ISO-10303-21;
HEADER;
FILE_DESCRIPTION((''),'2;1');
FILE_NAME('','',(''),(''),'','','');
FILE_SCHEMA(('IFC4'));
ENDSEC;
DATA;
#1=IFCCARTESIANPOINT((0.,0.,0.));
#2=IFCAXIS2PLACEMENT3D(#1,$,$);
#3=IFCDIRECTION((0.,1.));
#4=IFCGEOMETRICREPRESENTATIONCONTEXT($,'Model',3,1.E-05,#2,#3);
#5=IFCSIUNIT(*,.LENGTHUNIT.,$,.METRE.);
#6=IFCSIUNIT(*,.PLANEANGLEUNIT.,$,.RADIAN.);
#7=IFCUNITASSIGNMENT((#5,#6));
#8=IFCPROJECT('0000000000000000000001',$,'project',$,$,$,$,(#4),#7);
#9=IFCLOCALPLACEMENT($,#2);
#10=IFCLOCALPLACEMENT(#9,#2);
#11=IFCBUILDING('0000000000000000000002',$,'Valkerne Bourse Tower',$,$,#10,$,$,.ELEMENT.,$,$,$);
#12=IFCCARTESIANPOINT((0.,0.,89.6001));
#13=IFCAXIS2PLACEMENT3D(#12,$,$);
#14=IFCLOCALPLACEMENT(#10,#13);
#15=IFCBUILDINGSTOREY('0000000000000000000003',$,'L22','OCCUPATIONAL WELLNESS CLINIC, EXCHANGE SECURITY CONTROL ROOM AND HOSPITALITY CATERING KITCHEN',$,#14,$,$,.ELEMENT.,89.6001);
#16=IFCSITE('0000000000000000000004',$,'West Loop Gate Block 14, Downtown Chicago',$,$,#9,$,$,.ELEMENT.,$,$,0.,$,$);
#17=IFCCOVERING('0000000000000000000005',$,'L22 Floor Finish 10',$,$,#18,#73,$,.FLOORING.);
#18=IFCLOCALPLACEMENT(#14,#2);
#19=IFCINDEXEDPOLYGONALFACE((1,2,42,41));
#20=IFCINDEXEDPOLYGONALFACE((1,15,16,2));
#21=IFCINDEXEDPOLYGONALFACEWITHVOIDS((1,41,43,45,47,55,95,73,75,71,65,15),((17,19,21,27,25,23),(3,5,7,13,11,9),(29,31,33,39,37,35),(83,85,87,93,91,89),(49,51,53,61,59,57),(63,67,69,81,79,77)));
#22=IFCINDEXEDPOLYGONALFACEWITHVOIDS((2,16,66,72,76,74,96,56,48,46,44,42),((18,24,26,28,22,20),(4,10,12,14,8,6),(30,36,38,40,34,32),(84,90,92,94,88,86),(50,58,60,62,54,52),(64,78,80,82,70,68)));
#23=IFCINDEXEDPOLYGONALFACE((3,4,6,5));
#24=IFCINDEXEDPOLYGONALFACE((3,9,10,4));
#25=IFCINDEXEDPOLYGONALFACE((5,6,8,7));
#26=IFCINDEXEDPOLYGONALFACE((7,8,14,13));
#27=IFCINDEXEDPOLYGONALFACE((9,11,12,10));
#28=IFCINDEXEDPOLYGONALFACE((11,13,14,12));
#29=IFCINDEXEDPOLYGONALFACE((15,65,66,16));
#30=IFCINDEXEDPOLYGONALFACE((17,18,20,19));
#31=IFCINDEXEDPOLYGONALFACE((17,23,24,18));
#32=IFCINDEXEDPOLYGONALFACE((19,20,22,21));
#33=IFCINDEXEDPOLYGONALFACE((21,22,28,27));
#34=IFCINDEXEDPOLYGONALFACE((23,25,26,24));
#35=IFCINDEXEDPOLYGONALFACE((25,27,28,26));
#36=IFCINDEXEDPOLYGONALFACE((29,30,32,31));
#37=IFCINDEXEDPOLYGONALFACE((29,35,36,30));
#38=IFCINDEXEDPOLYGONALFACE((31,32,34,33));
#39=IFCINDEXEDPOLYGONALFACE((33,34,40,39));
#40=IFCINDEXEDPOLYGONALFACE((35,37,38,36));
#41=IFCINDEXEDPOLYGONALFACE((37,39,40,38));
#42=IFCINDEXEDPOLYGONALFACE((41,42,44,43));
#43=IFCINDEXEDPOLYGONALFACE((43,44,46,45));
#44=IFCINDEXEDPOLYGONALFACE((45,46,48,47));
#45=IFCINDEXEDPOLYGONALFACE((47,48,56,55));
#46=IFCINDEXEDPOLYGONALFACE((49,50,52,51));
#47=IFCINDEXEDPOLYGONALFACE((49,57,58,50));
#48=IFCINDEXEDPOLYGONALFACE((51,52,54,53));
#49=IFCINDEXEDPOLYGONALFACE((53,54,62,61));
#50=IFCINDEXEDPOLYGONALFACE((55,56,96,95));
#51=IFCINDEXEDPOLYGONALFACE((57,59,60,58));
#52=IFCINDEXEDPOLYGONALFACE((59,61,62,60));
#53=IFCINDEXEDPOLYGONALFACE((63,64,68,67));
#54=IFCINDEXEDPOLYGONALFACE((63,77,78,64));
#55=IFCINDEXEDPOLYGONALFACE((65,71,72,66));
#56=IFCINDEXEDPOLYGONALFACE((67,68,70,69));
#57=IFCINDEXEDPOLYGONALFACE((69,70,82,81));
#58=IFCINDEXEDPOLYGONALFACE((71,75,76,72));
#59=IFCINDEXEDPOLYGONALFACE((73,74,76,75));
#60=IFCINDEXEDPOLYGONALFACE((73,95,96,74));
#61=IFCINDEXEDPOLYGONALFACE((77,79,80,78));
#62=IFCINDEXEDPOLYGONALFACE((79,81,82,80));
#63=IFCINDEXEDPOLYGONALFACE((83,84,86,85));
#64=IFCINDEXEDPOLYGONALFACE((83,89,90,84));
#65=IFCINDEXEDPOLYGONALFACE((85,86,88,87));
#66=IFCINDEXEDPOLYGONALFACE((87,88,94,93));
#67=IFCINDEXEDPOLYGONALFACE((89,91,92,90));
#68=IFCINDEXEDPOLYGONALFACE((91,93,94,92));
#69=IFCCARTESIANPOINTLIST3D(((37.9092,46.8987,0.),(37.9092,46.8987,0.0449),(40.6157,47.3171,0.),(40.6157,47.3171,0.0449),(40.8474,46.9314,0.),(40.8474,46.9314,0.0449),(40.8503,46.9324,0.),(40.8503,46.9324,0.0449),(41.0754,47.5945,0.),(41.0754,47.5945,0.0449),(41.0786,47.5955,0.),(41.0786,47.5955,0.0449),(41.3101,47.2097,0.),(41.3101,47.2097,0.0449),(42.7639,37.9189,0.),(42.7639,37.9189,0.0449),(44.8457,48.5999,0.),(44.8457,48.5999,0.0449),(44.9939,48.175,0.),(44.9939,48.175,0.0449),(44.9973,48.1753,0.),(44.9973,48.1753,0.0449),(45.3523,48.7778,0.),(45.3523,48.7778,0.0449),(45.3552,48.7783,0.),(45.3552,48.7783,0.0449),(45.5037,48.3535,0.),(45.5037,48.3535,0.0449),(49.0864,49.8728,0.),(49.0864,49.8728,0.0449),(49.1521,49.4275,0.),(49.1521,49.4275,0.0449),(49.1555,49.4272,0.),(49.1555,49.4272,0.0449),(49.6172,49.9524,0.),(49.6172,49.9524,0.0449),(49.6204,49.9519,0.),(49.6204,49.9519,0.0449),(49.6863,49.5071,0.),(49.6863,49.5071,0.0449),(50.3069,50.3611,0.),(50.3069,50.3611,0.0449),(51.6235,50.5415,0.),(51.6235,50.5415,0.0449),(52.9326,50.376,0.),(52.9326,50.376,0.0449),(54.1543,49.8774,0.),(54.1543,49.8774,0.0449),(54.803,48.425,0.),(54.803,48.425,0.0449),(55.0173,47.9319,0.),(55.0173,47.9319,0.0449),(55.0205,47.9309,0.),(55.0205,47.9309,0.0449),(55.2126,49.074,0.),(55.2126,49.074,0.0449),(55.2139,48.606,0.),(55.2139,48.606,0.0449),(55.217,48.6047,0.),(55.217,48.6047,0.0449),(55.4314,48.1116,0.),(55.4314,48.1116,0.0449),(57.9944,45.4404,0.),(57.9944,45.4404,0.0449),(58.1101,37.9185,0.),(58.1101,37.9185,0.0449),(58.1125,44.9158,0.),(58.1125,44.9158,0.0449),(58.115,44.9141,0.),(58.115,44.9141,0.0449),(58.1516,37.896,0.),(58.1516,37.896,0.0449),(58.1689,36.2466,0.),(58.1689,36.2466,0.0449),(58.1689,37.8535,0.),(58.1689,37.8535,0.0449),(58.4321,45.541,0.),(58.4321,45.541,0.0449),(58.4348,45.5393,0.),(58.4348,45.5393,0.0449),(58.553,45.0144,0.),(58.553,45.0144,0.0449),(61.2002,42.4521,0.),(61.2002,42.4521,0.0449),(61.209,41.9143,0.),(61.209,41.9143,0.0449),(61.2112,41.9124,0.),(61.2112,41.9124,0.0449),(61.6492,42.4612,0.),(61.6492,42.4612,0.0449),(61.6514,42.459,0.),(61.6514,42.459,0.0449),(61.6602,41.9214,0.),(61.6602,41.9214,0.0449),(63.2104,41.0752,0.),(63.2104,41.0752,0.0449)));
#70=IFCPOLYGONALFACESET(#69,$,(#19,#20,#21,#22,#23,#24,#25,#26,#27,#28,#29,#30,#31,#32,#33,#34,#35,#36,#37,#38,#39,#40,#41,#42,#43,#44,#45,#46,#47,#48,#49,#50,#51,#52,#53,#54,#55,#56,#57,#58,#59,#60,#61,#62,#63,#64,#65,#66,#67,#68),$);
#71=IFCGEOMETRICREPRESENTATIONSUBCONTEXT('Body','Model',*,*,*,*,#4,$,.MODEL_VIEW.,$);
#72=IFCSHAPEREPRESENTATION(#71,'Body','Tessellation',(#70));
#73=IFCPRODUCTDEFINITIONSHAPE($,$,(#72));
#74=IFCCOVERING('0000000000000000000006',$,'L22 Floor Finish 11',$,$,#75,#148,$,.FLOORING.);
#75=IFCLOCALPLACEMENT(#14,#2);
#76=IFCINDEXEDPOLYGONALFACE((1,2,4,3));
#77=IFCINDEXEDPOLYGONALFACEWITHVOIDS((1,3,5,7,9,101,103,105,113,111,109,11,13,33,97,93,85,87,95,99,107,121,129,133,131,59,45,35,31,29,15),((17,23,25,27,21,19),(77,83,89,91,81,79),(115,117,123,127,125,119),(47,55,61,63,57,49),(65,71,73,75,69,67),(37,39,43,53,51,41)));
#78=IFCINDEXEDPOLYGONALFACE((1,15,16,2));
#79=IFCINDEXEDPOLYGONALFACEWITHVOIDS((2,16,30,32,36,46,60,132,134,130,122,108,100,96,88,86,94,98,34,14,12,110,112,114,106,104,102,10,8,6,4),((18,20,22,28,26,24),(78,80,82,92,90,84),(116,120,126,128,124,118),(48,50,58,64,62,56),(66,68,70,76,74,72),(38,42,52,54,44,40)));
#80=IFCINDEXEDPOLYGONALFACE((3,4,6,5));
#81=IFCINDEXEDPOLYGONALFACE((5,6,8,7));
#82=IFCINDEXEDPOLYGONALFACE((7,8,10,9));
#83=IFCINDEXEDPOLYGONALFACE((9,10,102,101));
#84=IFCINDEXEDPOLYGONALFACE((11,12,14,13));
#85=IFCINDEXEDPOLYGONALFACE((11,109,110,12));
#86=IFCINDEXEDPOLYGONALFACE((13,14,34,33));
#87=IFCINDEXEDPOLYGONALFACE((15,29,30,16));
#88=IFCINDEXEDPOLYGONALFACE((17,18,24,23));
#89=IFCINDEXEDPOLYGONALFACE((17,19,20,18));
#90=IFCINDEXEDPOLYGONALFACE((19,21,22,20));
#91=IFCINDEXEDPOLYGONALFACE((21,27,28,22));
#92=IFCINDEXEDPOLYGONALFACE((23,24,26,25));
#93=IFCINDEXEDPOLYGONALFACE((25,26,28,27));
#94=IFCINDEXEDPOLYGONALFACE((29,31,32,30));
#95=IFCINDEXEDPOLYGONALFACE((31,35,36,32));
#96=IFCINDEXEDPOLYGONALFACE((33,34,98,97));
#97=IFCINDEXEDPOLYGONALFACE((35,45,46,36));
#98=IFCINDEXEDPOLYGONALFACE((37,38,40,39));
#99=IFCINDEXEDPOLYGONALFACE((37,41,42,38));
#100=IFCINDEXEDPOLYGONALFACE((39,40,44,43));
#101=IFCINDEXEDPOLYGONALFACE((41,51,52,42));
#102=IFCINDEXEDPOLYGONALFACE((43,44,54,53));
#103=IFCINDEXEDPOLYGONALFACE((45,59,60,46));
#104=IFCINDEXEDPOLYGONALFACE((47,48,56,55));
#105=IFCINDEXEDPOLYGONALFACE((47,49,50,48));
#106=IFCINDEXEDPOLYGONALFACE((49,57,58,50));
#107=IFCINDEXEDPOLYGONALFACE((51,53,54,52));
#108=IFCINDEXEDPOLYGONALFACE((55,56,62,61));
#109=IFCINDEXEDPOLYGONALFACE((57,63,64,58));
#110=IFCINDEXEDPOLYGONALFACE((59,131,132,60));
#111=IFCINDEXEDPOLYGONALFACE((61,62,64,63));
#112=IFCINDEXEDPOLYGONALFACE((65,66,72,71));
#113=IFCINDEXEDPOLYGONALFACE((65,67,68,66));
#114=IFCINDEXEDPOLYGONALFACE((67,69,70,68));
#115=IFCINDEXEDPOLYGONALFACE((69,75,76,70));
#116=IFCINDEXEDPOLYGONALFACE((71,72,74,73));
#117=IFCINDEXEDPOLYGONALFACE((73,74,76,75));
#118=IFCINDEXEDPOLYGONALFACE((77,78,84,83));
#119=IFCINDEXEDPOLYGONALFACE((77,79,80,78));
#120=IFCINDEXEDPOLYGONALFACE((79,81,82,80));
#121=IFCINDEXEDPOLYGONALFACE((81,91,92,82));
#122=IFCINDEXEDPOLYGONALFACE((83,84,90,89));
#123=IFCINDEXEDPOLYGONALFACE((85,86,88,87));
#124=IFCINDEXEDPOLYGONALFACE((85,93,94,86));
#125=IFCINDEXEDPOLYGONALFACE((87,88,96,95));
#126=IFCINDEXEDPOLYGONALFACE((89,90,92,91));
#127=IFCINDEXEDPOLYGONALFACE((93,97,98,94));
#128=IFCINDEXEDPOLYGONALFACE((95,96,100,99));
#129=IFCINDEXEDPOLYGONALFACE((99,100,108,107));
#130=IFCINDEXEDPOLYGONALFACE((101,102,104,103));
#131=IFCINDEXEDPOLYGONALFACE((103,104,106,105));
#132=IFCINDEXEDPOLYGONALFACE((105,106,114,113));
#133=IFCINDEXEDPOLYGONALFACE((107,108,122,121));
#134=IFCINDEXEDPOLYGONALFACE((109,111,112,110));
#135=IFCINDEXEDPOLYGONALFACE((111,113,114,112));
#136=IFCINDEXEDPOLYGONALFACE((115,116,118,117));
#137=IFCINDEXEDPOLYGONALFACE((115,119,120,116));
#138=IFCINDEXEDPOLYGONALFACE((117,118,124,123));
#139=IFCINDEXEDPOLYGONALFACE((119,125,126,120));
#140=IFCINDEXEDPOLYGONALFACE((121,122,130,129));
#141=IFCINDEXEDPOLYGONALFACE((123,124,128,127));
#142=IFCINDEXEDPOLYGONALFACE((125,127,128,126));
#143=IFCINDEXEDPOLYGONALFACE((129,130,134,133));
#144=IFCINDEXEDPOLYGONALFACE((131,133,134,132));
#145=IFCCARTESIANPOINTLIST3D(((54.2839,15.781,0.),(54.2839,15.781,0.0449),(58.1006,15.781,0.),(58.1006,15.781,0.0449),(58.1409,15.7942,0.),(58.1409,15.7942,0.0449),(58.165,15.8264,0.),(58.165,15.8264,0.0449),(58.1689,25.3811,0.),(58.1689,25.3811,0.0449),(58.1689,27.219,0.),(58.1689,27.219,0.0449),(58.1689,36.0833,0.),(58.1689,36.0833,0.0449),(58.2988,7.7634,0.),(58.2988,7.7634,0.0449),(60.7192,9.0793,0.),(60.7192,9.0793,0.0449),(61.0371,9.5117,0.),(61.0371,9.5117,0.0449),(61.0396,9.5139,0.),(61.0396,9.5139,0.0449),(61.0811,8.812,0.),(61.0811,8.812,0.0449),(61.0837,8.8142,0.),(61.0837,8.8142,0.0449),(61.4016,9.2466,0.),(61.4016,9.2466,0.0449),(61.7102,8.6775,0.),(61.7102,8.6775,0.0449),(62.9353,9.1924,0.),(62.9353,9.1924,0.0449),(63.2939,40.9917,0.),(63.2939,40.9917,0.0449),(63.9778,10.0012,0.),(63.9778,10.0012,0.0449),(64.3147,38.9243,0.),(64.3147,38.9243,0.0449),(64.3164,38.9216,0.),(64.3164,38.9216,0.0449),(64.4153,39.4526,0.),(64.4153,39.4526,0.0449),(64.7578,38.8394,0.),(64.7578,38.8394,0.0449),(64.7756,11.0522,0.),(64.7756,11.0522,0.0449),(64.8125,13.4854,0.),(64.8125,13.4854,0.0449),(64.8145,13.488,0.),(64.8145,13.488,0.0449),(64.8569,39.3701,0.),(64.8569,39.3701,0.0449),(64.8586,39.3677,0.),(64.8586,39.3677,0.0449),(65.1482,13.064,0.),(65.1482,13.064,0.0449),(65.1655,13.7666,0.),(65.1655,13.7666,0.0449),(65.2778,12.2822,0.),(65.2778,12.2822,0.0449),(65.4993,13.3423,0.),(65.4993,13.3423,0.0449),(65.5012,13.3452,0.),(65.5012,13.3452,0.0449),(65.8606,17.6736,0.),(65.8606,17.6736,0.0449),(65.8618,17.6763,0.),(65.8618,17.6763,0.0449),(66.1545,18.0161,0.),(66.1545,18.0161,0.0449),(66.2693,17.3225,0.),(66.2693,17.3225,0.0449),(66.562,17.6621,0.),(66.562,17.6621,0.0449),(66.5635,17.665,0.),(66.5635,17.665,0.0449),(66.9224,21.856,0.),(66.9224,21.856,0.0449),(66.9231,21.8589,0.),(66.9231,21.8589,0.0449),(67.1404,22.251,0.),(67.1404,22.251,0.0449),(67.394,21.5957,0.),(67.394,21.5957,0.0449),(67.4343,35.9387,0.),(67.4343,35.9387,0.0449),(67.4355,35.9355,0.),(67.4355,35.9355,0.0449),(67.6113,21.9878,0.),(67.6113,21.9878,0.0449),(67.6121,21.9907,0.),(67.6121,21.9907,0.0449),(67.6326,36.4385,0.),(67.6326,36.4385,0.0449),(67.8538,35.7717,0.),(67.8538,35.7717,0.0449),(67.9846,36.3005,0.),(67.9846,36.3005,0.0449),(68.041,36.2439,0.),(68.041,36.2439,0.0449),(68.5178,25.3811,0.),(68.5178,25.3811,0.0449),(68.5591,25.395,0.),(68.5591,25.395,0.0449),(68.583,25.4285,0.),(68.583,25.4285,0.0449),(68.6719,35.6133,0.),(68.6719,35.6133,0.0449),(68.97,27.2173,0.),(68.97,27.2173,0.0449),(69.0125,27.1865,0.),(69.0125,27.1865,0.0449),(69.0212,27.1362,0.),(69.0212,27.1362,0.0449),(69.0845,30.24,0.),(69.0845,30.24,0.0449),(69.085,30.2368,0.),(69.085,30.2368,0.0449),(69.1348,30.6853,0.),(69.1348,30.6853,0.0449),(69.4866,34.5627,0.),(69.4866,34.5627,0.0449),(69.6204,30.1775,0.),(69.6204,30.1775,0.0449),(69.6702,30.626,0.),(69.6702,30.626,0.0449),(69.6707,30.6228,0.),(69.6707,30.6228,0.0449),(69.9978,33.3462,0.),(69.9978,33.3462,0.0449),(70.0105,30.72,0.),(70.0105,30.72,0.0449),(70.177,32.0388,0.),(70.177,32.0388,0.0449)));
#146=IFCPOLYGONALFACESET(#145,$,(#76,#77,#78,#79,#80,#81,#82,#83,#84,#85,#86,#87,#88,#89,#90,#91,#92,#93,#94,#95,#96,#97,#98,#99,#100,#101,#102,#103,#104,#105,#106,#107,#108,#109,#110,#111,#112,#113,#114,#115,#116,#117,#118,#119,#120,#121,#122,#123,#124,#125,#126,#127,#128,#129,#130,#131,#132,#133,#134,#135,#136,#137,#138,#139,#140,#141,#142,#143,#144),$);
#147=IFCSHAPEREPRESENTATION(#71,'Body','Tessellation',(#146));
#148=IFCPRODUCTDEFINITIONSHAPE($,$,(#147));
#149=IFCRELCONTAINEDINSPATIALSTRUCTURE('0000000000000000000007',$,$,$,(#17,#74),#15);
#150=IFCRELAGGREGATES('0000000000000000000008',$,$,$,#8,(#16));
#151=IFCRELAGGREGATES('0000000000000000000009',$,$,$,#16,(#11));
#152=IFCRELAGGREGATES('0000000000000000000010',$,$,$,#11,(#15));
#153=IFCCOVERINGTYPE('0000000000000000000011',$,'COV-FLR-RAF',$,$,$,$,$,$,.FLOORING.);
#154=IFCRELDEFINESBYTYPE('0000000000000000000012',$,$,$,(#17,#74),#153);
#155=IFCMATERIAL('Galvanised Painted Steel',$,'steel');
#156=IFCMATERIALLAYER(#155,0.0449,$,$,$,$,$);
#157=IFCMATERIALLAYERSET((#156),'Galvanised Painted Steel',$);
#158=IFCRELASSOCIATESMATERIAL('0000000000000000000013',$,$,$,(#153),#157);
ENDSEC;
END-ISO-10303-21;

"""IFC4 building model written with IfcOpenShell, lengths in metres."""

from ifc_helpers import new_model, si_unit, direction, frame, origin, place, context, subcontext, project, spatial, polyline, outline, extrude, material, layer, layer_set, type_object, element, save


model = new_model("IFC4")

# Units and contexts
model_context = context("Model", 3, precision=1e-05, world=origin(), true_north=direction((0.0, 1.0)))
body_context = subcontext(model_context, "Body", "Model", "MODEL_VIEW")
ifc_project = project(units=[si_unit("LENGTHUNIT", "METRE"), si_unit("PLANEANGLEUNIT", "RADIAN")], contexts=[model_context])

# Site, building, storey
site_placement = place(None, origin())
site = spatial("IfcSite", under=ifc_project, at=site_placement, Name="West Loop Gate Block 14, Downtown Chicago", CompositionType="ELEMENT", RefElevation=0.0)
building_placement = place(site_placement, origin())
building = spatial("IfcBuilding", under=site, at=building_placement, Name="Valkerne Bourse Tower", CompositionType="ELEMENT")
storey_placement = place(building_placement, frame((0.0, 0.0, 89.6001)))
storey = spatial("IfcBuildingStorey", under=building, at=storey_placement, Name="L22", Description="OCCUPATIONAL WELLNESS CLINIC, EXCHANGE SECURITY CONTROL ROOM AND HOSPITALITY CATERING KITCHEN", CompositionType="ELEMENT", Elevation=89.6001)

# Coverings
ifc_material_1 = material(Name="Galvanised Painted Steel", Category="steel")
ifc_layer_1 = layer(ifc_material_1, 0.0449)
ifc_layer_set_1 = layer_set([ifc_layer_1], Name="Galvanised Painted Steel")
covering_type_1 = type_object("IfcCoveringType", Name="COV-FLR-RAF", PredefinedType="FLOORING", material=ifc_layer_set_1)
covering_1_placement = place(storey_placement, origin())
element("IfcCovering", 1, at=covering_1_placement, inside=storey, type_object=covering_type_1, Name="L22 Floor Finish 10", PredefinedType="FLOORING", context=body_context, shape_type="SweptSolid", body=[
    extrude(outline(polyline([(52.9326, 50.376), (54.1543, 49.8774), (55.2126, 49.074), (63.2104, 41.0752), (58.1689, 36.2466), (58.1689, 37.8535), (58.1516, 37.896), (58.1101, 37.9185), (42.7639, 37.9189), (37.9092, 46.8987), (50.3069, 50.3611), (51.6235, 50.5415), (52.9326, 50.376)]), holes=[polyline([(41.3101, 47.2097), (41.0786, 47.5955), (41.0754, 47.5945), (40.6157, 47.3171), (40.8474, 46.9314), (40.8503, 46.9324), (41.3101, 47.2097)]), polyline([(45.5037, 48.3535), (45.3552, 48.7783), (45.3523, 48.7778), (44.8457, 48.5999), (44.9939, 48.175), (44.9973, 48.1753), (45.5037, 48.3535)]), polyline([(49.6204, 49.9519), (49.6172, 49.9524), (49.0864, 49.8728), (49.1521, 49.4275), (49.1555, 49.4272), (49.6863, 49.5071), (49.6204, 49.9519)]), polyline([(61.6602, 41.9214), (61.6514, 42.459), (61.6492, 42.4612), (61.2002, 42.4521), (61.209, 41.9143), (61.2112, 41.9124), (61.6602, 41.9214)]), polyline([(58.4348, 45.5393), (58.4321, 45.541), (57.9944, 45.4404), (58.1125, 44.9158), (58.115, 44.9141), (58.553, 45.0144), (58.4348, 45.5393)]), polyline([(55.4314, 48.1116), (55.217, 48.6047), (55.2139, 48.606), (54.803, 48.425), (55.0173, 47.9319), (55.0205, 47.9309), (55.4314, 48.1116)])]), origin(), (0.0, 0.0, 1.0), 0.0449),
])
covering_2_placement = place(storey_placement, origin())
element("IfcCovering", 2, at=covering_2_placement, inside=storey, type_object=covering_type_1, Name="L22 Floor Finish 11", PredefinedType="FLOORING", context=body_context, shape_type="SweptSolid", body=[
    extrude(outline(polyline([(62.9353, 9.1924), (61.7102, 8.6775), (58.2988, 7.7634), (54.2839, 15.781), (58.1006, 15.781), (58.1409, 15.7942), (58.165, 15.8264), (58.1689, 25.3811), (68.5178, 25.3811), (68.5591, 25.395), (68.583, 25.4285), (69.0212, 27.1362), (69.0125, 27.1865), (68.97, 27.2173), (58.1689, 27.219), (58.1689, 36.0833), (63.2939, 40.9917), (67.9846, 36.3005), (67.6326, 36.4385), (67.4343, 35.9387), (67.4355, 35.9355), (67.8538, 35.7717), (68.041, 36.2439), (68.6719, 35.6133), (69.4866, 34.5627), (69.9978, 33.3462), (70.177, 32.0388), (70.0105, 30.72), (65.2778, 12.2822), (64.7756, 11.0522), (63.9778, 10.0012), (62.9353, 9.1924)]), holes=[polyline([(61.0837, 8.8142), (61.4016, 9.2466), (61.0396, 9.5139), (61.0371, 9.5117), (60.7192, 9.0793), (61.0811, 8.812), (61.0837, 8.8142)]), polyline([(65.5012, 13.3452), (65.1655, 13.7666), (64.8145, 13.488), (64.8125, 13.4854), (65.1482, 13.064), (65.4993, 13.3423), (65.5012, 13.3452)]), polyline([(66.5635, 17.665), (66.1545, 18.0161), (65.8618, 17.6763), (65.8606, 17.6736), (66.2693, 17.3225), (66.562, 17.6621), (66.5635, 17.665)]), polyline([(67.6121, 21.9907), (67.1404, 22.251), (66.9231, 21.8589), (66.9224, 21.856), (67.394, 21.5957), (67.6113, 21.9878), (67.6121, 21.9907)]), polyline([(69.6707, 30.6228), (69.6702, 30.626), (69.1348, 30.6853), (69.0845, 30.24), (69.085, 30.2368), (69.6204, 30.1775), (69.6707, 30.6228)]), polyline([(64.8586, 39.3677), (64.8569, 39.3701), (64.4153, 39.4526), (64.3147, 38.9243), (64.3164, 38.9216), (64.7578, 38.8394), (64.8586, 39.3677)])]), origin(), (0.0, 0.0, 1.0), 0.0449),
])

save(model, "model.ifc")
